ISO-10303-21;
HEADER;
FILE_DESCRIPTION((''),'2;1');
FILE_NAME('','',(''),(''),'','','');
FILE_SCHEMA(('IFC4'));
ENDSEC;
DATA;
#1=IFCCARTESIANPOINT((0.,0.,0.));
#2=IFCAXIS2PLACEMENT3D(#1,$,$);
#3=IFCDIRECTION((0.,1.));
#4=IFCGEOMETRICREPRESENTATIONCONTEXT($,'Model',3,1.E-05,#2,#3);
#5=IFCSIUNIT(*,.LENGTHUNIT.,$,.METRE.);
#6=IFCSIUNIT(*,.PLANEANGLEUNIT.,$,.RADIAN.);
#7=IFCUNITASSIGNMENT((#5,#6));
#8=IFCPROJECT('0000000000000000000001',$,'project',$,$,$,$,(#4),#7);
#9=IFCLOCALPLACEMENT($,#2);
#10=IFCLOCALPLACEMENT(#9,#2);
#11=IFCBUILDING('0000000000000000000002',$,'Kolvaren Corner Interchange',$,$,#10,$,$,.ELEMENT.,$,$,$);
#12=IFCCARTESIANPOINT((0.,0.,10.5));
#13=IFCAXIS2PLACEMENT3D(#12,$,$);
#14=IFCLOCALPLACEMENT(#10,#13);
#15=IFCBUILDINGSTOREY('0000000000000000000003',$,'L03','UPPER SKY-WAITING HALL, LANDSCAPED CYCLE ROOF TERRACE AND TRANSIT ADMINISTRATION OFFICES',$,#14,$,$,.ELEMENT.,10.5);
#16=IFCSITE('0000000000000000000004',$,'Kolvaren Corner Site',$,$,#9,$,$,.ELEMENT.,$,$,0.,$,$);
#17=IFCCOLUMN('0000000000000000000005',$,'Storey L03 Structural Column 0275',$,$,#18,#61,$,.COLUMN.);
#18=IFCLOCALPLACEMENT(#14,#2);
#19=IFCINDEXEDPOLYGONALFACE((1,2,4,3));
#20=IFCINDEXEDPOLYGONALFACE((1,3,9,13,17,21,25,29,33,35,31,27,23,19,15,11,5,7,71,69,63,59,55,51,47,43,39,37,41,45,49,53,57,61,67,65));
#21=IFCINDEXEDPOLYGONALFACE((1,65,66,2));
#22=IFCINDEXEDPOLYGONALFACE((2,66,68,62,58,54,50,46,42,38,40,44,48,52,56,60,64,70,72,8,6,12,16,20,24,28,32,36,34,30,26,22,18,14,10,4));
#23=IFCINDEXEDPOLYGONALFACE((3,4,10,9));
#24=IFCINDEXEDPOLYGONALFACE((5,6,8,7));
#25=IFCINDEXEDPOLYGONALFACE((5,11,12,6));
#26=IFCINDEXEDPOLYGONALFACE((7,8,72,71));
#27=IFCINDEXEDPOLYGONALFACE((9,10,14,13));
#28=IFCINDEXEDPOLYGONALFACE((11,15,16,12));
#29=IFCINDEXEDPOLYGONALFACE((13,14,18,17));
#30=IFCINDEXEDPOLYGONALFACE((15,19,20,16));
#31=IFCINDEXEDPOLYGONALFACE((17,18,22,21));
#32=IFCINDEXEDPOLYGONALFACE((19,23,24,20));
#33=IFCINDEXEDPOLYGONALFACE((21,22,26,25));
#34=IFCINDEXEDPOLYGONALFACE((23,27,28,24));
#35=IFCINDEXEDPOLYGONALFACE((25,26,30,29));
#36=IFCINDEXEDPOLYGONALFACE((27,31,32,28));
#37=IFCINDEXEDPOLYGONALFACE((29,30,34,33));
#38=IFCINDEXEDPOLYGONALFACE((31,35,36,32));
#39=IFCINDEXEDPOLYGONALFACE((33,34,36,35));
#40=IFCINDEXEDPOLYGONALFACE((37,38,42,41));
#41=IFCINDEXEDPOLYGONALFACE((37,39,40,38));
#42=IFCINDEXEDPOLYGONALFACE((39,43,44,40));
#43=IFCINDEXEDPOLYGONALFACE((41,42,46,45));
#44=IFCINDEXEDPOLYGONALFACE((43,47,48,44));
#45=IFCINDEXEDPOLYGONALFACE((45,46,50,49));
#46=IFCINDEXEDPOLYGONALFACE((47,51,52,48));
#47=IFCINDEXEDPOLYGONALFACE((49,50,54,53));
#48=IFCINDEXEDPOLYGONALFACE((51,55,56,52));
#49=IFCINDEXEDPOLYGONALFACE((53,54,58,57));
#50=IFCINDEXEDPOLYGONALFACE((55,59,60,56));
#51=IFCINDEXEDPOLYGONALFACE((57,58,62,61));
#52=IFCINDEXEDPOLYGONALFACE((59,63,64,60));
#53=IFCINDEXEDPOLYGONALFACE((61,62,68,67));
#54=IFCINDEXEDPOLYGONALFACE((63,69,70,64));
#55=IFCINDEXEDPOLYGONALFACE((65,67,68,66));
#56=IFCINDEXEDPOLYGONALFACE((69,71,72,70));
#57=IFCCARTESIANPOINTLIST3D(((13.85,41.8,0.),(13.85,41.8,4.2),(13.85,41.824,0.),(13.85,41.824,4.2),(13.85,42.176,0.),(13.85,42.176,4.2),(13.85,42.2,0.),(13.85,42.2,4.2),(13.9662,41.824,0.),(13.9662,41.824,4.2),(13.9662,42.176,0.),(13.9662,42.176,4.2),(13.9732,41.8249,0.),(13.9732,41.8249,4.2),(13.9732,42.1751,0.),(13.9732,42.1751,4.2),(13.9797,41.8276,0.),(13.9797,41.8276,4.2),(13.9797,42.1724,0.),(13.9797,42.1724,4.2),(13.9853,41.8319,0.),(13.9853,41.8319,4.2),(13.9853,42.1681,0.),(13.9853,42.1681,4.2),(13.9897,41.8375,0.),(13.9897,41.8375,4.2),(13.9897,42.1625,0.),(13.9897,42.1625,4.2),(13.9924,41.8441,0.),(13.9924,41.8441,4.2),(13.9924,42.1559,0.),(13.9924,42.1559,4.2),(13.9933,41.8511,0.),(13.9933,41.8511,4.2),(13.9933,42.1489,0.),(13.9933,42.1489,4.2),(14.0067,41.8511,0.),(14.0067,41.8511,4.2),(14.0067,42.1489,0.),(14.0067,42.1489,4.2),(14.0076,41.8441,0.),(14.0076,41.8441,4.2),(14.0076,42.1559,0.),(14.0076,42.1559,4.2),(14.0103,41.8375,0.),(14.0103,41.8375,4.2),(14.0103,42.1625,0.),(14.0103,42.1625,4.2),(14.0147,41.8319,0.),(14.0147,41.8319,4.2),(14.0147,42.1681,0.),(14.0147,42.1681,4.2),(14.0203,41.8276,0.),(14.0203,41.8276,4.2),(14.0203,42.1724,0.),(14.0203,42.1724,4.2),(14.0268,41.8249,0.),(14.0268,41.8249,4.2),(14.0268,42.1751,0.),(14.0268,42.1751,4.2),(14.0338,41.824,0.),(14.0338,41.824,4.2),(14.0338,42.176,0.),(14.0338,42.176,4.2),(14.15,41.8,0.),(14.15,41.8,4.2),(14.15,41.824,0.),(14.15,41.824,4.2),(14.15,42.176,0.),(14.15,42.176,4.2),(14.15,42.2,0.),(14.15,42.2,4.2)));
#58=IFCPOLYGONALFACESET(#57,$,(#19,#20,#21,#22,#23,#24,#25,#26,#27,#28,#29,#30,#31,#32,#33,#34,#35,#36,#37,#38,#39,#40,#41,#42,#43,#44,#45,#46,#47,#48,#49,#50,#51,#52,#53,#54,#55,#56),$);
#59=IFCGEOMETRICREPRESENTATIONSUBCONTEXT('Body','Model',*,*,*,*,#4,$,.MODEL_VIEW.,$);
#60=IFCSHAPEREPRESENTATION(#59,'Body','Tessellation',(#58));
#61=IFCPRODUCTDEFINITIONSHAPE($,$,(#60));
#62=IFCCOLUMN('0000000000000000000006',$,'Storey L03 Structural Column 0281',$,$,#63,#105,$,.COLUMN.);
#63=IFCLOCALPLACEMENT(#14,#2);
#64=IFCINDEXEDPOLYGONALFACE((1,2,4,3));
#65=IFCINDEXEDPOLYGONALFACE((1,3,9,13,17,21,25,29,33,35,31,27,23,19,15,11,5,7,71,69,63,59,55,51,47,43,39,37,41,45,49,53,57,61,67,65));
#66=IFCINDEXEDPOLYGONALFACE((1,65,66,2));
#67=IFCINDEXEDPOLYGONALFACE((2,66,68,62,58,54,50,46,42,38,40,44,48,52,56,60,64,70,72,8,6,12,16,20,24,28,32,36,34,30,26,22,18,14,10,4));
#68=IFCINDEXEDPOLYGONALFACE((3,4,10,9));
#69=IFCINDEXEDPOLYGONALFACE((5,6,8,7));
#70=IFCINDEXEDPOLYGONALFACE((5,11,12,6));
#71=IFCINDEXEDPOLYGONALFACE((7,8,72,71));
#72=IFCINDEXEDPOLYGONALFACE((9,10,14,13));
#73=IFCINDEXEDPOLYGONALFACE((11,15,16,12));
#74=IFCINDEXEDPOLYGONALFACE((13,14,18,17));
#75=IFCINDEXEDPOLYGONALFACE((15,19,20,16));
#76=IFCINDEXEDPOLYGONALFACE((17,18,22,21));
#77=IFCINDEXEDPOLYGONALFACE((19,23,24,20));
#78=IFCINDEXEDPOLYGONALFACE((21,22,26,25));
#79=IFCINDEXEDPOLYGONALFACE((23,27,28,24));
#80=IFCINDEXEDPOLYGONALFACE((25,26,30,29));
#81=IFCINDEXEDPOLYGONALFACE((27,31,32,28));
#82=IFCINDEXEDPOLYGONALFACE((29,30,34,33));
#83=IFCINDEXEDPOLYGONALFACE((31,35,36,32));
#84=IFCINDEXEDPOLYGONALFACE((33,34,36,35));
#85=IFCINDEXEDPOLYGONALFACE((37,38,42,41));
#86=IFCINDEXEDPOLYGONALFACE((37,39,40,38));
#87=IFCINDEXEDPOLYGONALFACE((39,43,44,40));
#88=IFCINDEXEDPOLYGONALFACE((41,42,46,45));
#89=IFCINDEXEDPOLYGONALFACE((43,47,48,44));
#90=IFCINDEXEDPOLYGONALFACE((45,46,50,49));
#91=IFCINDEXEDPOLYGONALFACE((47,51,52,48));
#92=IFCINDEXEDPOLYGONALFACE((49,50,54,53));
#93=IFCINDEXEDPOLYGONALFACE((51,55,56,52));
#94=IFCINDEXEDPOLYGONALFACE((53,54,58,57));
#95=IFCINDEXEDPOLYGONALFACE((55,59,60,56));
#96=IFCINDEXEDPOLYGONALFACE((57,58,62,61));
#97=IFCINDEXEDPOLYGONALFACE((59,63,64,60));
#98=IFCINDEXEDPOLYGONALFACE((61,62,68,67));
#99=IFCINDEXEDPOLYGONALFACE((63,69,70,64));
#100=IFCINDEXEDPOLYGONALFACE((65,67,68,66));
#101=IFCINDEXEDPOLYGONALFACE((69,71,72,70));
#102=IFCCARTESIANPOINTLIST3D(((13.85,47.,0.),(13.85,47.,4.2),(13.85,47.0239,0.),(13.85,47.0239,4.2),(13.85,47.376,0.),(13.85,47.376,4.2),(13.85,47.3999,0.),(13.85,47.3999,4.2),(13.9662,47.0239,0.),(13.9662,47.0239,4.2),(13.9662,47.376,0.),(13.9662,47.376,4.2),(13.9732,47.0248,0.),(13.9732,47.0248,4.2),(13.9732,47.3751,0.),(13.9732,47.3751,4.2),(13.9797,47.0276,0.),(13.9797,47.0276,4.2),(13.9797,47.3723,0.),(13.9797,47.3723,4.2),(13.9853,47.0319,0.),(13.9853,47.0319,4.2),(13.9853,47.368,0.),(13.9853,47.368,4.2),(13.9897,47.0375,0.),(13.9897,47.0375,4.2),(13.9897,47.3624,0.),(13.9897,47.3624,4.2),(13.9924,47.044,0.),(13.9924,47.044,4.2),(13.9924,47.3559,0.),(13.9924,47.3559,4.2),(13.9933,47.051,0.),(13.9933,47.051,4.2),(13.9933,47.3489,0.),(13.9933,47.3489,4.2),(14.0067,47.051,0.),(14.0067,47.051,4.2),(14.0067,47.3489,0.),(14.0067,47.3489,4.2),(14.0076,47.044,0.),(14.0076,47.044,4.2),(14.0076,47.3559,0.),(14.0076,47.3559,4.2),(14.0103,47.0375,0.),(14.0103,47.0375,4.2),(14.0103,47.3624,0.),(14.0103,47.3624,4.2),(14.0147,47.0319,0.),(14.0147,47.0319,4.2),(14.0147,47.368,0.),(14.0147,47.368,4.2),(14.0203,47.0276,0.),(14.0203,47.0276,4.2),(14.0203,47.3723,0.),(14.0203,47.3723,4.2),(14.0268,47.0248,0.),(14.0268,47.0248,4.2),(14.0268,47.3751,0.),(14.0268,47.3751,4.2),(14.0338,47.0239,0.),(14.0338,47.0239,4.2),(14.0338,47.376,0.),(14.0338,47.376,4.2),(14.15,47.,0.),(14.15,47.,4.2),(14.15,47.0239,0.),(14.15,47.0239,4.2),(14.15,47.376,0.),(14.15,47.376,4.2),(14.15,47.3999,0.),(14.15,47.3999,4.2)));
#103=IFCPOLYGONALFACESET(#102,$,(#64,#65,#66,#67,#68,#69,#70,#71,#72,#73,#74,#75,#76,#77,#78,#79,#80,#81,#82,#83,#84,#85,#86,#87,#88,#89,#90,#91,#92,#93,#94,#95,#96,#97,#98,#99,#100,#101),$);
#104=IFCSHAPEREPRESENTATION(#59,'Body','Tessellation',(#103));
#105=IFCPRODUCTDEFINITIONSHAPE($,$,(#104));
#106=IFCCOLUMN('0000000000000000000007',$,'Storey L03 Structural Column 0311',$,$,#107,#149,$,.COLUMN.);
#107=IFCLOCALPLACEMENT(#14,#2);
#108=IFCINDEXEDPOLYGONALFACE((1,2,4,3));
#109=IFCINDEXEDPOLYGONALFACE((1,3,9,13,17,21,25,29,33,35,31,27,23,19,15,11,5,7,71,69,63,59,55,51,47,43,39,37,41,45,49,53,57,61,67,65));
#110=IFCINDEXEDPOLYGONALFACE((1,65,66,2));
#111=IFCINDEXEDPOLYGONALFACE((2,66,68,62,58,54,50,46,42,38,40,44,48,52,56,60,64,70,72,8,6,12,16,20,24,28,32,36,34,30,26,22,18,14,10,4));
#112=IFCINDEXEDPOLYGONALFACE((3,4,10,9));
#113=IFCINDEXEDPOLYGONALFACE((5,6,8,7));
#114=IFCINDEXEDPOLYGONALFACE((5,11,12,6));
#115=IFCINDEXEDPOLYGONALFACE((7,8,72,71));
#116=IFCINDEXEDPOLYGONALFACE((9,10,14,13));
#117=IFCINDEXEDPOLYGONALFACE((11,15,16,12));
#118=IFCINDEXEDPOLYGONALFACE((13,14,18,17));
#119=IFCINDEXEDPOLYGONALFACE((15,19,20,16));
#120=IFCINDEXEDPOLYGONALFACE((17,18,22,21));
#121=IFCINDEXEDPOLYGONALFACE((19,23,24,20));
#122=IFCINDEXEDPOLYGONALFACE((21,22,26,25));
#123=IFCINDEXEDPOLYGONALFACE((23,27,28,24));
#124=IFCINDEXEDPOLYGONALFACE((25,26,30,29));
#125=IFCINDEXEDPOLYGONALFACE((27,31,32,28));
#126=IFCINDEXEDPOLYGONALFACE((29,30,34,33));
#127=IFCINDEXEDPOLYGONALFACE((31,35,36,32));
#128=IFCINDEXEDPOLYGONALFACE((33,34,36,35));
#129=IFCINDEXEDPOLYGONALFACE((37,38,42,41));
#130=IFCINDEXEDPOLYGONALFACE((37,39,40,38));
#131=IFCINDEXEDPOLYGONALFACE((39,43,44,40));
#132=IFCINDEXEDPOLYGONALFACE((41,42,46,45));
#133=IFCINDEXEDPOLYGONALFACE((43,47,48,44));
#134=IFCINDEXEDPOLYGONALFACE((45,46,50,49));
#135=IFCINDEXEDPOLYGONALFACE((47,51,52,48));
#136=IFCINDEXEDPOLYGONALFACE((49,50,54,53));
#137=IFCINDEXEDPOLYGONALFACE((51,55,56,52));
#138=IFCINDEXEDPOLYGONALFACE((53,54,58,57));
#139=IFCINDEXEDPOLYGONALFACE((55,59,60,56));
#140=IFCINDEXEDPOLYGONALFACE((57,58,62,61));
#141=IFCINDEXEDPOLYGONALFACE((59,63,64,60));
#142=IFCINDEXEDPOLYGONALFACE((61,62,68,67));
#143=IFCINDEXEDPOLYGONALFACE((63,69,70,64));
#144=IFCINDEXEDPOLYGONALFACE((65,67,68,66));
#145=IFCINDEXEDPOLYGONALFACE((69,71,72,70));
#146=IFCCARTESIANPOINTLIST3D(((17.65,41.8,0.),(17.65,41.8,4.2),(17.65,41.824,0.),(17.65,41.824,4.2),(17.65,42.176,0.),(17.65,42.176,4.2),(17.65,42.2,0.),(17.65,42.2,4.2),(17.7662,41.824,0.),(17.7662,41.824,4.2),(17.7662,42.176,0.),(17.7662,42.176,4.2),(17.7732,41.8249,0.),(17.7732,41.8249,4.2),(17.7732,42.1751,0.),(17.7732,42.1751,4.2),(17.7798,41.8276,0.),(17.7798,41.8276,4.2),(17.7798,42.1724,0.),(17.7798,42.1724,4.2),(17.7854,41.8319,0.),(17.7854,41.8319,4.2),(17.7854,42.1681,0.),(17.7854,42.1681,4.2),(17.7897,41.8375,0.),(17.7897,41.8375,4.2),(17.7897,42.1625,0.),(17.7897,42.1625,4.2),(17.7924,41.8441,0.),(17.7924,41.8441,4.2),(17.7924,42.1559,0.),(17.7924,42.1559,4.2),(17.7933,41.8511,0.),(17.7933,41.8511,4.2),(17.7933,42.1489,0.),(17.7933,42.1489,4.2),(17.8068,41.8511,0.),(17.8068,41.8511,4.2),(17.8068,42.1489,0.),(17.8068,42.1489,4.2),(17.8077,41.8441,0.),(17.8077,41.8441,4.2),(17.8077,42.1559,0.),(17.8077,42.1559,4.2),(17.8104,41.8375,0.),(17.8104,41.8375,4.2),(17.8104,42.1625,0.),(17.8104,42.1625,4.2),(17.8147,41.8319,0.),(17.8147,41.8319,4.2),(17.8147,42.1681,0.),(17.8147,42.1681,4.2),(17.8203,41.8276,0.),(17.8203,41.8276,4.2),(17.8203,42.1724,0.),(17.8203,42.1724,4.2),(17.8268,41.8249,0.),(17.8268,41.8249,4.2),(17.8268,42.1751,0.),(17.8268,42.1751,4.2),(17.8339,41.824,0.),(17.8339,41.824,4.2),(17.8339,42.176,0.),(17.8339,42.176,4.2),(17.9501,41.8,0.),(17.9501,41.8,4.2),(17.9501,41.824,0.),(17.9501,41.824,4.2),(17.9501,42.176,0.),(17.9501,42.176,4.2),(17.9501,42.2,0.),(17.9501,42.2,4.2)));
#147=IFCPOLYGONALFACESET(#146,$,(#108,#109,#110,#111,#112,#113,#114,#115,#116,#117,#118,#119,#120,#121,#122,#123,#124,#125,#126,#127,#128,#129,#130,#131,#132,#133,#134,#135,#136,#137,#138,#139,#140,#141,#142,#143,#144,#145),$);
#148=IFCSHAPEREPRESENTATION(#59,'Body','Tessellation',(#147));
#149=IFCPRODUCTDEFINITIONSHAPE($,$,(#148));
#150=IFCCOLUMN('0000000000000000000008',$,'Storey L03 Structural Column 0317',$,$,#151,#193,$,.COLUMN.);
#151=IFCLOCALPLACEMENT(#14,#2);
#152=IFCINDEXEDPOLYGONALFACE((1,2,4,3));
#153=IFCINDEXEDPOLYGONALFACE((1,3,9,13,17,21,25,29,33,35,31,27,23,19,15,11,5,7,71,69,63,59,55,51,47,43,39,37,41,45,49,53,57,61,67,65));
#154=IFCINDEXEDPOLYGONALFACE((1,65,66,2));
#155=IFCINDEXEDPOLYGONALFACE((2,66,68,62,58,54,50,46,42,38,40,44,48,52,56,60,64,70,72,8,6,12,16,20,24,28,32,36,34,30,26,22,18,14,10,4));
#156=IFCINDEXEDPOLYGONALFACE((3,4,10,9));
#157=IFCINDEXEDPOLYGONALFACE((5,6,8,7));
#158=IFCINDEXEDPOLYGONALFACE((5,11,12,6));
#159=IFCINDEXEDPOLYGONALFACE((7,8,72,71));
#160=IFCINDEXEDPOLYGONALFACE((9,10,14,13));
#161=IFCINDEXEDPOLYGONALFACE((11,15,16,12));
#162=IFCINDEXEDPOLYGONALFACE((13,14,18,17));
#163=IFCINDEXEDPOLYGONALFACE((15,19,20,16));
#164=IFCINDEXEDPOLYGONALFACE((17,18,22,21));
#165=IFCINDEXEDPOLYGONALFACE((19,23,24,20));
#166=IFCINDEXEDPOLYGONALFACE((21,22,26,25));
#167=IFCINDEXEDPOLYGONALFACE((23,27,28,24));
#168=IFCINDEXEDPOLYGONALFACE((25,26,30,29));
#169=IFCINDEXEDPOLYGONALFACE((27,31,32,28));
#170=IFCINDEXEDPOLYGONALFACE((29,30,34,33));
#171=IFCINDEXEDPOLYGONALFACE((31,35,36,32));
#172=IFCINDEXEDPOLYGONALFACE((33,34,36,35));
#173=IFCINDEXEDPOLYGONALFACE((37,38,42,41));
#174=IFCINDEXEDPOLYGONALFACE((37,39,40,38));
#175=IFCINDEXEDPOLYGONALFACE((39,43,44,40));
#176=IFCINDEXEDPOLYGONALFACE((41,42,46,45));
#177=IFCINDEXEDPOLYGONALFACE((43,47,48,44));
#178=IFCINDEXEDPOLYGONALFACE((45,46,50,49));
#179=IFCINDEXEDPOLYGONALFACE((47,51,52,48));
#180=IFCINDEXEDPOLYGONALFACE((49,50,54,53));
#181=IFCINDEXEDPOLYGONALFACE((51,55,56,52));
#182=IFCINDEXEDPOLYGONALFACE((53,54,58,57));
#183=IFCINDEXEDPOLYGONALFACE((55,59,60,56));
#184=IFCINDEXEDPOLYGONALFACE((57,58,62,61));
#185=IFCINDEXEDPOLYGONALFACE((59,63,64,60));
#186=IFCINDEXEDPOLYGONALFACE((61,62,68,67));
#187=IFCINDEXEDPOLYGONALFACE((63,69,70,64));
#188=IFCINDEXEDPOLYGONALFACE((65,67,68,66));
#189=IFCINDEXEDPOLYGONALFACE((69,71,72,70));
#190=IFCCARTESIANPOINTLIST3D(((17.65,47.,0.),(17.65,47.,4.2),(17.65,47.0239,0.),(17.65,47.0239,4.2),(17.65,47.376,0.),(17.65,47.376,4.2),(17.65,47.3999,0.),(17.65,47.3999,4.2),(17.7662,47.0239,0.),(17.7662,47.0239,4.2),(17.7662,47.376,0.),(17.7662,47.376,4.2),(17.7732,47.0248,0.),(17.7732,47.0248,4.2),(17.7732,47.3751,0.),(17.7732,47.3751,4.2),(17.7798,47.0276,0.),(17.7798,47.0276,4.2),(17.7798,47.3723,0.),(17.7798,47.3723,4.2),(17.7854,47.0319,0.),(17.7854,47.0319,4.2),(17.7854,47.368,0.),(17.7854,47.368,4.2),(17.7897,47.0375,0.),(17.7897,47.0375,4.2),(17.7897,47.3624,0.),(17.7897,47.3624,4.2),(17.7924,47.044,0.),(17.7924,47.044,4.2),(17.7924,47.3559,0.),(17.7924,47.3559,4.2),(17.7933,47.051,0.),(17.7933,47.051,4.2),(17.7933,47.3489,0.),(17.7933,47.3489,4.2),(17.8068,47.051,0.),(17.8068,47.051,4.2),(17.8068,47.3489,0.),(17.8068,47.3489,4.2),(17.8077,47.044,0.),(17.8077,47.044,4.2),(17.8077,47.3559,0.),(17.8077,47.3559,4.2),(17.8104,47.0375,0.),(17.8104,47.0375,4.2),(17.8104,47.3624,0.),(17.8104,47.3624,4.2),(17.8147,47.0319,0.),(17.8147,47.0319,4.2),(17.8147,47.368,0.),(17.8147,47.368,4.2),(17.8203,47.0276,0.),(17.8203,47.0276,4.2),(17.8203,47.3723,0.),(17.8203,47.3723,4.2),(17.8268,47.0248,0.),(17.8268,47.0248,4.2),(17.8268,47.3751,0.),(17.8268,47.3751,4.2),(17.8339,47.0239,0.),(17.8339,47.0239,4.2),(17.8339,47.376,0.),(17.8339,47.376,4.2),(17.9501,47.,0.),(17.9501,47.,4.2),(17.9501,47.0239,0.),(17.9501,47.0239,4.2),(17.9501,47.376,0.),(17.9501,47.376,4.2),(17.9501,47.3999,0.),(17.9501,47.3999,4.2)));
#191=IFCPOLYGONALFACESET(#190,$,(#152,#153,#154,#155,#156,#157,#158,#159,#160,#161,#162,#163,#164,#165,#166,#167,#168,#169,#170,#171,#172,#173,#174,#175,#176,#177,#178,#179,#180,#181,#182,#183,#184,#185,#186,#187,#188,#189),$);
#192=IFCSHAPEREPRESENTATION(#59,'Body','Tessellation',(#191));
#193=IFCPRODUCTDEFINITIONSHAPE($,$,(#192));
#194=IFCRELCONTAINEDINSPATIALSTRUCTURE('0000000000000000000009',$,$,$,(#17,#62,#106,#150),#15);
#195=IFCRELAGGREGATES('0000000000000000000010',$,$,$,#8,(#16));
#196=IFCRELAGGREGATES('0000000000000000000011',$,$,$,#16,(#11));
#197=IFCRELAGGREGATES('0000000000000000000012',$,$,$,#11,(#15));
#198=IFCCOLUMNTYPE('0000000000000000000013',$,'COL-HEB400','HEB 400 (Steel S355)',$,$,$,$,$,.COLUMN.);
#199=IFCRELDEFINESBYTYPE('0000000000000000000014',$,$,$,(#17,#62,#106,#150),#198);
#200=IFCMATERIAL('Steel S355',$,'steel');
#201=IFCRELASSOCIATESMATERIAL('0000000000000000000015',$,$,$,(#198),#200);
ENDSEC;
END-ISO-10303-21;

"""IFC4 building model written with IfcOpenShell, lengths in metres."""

from ifc_helpers import new_model, si_unit, direction, frame, origin, origin_2d, place, context, subcontext, project, spatial, i_section, extrude, material, material_profile, profile_set, type_object, element, save


model = new_model("IFC4")

# Units and contexts
model_context = context("Model", 3, precision=1e-05, world=origin(), true_north=direction((0.0, 1.0)))
body_context = subcontext(model_context, "Body", "Model", "MODEL_VIEW")
ifc_project = project(units=[si_unit("LENGTHUNIT", "METRE"), si_unit("PLANEANGLEUNIT", "RADIAN")], contexts=[model_context])

# Site, building, storey
site_placement = place(None, origin())
site = spatial("IfcSite", under=ifc_project, at=site_placement, Name="Kolvaren Corner Site", CompositionType="ELEMENT", RefElevation=0.0)
building_placement = place(site_placement, origin())
building = spatial("IfcBuilding", under=site, at=building_placement, Name="Kolvaren Corner Interchange", CompositionType="ELEMENT")
storey_placement = place(building_placement, frame((0.0, 0.0, 10.5)))
storey = spatial("IfcBuildingStorey", under=building, at=storey_placement, Name="L03", Description="UPPER SKY-WAITING HALL, LANDSCAPED CYCLE ROOF TERRACE AND TRANSIT ADMINISTRATION OFFICES", CompositionType="ELEMENT", Elevation=10.5)

# Columns
ifc_material_1 = material(Name="Steel S355", Category="steel")
ifc_material_profile_1 = material_profile(ifc_material_1, i_section(OverallWidth=0.3, OverallDepth=0.3999, WebThickness=0.0134, FlangeThickness=0.0239, FilletRadius=0.0271, at=origin_2d()), Name="HEB 400")
ifc_profile_set_1 = profile_set([ifc_material_profile_1], Name="Steel S355")
column_type_1 = type_object("IfcColumnType", Name="COL-HEB400", Description="HEB 400 (Steel S355)", PredefinedType="COLUMN", material=ifc_profile_set_1)
for number, where, z_axis, x_axis, name in (
    (1, (14.0, 42.0, 0.0), (0.0, 0.0, 1.0), (1.0, 0.0, 0.0), "Storey L03 Structural Column 0275"),
    (2, (14.0, 47.2, 0.0), (0.0, 0.0, 1.0), (1.0, 0.0, 0.0), "Storey L03 Structural Column 0281"),
    (3, (17.8, 42.0, 0.0), (0.0, 0.0, 1.0), (1.0, 0.0, 0.0), "Storey L03 Structural Column 0311"),
    (4, (17.8, 47.2, 0.0), (0.0, 0.0, 1.0), (1.0, 0.0, 0.0), "Storey L03 Structural Column 0317"),
):
    element("IfcColumn", number, at=place(storey_placement, frame(where, z_axis=z_axis, x_axis=x_axis)), inside=storey, type_object=column_type_1, Name=name, PredefinedType="COLUMN", context=body_context, shape_type="SweptSolid", body=[
        extrude(i_section(OverallWidth=0.3, OverallDepth=0.3999, WebThickness=0.0134, FlangeThickness=0.0239, FilletRadius=0.0271, at=origin_2d()), origin(), (0.0, 0.0, 1.0), 4.2),
    ])

save(model, "model.ifc")
